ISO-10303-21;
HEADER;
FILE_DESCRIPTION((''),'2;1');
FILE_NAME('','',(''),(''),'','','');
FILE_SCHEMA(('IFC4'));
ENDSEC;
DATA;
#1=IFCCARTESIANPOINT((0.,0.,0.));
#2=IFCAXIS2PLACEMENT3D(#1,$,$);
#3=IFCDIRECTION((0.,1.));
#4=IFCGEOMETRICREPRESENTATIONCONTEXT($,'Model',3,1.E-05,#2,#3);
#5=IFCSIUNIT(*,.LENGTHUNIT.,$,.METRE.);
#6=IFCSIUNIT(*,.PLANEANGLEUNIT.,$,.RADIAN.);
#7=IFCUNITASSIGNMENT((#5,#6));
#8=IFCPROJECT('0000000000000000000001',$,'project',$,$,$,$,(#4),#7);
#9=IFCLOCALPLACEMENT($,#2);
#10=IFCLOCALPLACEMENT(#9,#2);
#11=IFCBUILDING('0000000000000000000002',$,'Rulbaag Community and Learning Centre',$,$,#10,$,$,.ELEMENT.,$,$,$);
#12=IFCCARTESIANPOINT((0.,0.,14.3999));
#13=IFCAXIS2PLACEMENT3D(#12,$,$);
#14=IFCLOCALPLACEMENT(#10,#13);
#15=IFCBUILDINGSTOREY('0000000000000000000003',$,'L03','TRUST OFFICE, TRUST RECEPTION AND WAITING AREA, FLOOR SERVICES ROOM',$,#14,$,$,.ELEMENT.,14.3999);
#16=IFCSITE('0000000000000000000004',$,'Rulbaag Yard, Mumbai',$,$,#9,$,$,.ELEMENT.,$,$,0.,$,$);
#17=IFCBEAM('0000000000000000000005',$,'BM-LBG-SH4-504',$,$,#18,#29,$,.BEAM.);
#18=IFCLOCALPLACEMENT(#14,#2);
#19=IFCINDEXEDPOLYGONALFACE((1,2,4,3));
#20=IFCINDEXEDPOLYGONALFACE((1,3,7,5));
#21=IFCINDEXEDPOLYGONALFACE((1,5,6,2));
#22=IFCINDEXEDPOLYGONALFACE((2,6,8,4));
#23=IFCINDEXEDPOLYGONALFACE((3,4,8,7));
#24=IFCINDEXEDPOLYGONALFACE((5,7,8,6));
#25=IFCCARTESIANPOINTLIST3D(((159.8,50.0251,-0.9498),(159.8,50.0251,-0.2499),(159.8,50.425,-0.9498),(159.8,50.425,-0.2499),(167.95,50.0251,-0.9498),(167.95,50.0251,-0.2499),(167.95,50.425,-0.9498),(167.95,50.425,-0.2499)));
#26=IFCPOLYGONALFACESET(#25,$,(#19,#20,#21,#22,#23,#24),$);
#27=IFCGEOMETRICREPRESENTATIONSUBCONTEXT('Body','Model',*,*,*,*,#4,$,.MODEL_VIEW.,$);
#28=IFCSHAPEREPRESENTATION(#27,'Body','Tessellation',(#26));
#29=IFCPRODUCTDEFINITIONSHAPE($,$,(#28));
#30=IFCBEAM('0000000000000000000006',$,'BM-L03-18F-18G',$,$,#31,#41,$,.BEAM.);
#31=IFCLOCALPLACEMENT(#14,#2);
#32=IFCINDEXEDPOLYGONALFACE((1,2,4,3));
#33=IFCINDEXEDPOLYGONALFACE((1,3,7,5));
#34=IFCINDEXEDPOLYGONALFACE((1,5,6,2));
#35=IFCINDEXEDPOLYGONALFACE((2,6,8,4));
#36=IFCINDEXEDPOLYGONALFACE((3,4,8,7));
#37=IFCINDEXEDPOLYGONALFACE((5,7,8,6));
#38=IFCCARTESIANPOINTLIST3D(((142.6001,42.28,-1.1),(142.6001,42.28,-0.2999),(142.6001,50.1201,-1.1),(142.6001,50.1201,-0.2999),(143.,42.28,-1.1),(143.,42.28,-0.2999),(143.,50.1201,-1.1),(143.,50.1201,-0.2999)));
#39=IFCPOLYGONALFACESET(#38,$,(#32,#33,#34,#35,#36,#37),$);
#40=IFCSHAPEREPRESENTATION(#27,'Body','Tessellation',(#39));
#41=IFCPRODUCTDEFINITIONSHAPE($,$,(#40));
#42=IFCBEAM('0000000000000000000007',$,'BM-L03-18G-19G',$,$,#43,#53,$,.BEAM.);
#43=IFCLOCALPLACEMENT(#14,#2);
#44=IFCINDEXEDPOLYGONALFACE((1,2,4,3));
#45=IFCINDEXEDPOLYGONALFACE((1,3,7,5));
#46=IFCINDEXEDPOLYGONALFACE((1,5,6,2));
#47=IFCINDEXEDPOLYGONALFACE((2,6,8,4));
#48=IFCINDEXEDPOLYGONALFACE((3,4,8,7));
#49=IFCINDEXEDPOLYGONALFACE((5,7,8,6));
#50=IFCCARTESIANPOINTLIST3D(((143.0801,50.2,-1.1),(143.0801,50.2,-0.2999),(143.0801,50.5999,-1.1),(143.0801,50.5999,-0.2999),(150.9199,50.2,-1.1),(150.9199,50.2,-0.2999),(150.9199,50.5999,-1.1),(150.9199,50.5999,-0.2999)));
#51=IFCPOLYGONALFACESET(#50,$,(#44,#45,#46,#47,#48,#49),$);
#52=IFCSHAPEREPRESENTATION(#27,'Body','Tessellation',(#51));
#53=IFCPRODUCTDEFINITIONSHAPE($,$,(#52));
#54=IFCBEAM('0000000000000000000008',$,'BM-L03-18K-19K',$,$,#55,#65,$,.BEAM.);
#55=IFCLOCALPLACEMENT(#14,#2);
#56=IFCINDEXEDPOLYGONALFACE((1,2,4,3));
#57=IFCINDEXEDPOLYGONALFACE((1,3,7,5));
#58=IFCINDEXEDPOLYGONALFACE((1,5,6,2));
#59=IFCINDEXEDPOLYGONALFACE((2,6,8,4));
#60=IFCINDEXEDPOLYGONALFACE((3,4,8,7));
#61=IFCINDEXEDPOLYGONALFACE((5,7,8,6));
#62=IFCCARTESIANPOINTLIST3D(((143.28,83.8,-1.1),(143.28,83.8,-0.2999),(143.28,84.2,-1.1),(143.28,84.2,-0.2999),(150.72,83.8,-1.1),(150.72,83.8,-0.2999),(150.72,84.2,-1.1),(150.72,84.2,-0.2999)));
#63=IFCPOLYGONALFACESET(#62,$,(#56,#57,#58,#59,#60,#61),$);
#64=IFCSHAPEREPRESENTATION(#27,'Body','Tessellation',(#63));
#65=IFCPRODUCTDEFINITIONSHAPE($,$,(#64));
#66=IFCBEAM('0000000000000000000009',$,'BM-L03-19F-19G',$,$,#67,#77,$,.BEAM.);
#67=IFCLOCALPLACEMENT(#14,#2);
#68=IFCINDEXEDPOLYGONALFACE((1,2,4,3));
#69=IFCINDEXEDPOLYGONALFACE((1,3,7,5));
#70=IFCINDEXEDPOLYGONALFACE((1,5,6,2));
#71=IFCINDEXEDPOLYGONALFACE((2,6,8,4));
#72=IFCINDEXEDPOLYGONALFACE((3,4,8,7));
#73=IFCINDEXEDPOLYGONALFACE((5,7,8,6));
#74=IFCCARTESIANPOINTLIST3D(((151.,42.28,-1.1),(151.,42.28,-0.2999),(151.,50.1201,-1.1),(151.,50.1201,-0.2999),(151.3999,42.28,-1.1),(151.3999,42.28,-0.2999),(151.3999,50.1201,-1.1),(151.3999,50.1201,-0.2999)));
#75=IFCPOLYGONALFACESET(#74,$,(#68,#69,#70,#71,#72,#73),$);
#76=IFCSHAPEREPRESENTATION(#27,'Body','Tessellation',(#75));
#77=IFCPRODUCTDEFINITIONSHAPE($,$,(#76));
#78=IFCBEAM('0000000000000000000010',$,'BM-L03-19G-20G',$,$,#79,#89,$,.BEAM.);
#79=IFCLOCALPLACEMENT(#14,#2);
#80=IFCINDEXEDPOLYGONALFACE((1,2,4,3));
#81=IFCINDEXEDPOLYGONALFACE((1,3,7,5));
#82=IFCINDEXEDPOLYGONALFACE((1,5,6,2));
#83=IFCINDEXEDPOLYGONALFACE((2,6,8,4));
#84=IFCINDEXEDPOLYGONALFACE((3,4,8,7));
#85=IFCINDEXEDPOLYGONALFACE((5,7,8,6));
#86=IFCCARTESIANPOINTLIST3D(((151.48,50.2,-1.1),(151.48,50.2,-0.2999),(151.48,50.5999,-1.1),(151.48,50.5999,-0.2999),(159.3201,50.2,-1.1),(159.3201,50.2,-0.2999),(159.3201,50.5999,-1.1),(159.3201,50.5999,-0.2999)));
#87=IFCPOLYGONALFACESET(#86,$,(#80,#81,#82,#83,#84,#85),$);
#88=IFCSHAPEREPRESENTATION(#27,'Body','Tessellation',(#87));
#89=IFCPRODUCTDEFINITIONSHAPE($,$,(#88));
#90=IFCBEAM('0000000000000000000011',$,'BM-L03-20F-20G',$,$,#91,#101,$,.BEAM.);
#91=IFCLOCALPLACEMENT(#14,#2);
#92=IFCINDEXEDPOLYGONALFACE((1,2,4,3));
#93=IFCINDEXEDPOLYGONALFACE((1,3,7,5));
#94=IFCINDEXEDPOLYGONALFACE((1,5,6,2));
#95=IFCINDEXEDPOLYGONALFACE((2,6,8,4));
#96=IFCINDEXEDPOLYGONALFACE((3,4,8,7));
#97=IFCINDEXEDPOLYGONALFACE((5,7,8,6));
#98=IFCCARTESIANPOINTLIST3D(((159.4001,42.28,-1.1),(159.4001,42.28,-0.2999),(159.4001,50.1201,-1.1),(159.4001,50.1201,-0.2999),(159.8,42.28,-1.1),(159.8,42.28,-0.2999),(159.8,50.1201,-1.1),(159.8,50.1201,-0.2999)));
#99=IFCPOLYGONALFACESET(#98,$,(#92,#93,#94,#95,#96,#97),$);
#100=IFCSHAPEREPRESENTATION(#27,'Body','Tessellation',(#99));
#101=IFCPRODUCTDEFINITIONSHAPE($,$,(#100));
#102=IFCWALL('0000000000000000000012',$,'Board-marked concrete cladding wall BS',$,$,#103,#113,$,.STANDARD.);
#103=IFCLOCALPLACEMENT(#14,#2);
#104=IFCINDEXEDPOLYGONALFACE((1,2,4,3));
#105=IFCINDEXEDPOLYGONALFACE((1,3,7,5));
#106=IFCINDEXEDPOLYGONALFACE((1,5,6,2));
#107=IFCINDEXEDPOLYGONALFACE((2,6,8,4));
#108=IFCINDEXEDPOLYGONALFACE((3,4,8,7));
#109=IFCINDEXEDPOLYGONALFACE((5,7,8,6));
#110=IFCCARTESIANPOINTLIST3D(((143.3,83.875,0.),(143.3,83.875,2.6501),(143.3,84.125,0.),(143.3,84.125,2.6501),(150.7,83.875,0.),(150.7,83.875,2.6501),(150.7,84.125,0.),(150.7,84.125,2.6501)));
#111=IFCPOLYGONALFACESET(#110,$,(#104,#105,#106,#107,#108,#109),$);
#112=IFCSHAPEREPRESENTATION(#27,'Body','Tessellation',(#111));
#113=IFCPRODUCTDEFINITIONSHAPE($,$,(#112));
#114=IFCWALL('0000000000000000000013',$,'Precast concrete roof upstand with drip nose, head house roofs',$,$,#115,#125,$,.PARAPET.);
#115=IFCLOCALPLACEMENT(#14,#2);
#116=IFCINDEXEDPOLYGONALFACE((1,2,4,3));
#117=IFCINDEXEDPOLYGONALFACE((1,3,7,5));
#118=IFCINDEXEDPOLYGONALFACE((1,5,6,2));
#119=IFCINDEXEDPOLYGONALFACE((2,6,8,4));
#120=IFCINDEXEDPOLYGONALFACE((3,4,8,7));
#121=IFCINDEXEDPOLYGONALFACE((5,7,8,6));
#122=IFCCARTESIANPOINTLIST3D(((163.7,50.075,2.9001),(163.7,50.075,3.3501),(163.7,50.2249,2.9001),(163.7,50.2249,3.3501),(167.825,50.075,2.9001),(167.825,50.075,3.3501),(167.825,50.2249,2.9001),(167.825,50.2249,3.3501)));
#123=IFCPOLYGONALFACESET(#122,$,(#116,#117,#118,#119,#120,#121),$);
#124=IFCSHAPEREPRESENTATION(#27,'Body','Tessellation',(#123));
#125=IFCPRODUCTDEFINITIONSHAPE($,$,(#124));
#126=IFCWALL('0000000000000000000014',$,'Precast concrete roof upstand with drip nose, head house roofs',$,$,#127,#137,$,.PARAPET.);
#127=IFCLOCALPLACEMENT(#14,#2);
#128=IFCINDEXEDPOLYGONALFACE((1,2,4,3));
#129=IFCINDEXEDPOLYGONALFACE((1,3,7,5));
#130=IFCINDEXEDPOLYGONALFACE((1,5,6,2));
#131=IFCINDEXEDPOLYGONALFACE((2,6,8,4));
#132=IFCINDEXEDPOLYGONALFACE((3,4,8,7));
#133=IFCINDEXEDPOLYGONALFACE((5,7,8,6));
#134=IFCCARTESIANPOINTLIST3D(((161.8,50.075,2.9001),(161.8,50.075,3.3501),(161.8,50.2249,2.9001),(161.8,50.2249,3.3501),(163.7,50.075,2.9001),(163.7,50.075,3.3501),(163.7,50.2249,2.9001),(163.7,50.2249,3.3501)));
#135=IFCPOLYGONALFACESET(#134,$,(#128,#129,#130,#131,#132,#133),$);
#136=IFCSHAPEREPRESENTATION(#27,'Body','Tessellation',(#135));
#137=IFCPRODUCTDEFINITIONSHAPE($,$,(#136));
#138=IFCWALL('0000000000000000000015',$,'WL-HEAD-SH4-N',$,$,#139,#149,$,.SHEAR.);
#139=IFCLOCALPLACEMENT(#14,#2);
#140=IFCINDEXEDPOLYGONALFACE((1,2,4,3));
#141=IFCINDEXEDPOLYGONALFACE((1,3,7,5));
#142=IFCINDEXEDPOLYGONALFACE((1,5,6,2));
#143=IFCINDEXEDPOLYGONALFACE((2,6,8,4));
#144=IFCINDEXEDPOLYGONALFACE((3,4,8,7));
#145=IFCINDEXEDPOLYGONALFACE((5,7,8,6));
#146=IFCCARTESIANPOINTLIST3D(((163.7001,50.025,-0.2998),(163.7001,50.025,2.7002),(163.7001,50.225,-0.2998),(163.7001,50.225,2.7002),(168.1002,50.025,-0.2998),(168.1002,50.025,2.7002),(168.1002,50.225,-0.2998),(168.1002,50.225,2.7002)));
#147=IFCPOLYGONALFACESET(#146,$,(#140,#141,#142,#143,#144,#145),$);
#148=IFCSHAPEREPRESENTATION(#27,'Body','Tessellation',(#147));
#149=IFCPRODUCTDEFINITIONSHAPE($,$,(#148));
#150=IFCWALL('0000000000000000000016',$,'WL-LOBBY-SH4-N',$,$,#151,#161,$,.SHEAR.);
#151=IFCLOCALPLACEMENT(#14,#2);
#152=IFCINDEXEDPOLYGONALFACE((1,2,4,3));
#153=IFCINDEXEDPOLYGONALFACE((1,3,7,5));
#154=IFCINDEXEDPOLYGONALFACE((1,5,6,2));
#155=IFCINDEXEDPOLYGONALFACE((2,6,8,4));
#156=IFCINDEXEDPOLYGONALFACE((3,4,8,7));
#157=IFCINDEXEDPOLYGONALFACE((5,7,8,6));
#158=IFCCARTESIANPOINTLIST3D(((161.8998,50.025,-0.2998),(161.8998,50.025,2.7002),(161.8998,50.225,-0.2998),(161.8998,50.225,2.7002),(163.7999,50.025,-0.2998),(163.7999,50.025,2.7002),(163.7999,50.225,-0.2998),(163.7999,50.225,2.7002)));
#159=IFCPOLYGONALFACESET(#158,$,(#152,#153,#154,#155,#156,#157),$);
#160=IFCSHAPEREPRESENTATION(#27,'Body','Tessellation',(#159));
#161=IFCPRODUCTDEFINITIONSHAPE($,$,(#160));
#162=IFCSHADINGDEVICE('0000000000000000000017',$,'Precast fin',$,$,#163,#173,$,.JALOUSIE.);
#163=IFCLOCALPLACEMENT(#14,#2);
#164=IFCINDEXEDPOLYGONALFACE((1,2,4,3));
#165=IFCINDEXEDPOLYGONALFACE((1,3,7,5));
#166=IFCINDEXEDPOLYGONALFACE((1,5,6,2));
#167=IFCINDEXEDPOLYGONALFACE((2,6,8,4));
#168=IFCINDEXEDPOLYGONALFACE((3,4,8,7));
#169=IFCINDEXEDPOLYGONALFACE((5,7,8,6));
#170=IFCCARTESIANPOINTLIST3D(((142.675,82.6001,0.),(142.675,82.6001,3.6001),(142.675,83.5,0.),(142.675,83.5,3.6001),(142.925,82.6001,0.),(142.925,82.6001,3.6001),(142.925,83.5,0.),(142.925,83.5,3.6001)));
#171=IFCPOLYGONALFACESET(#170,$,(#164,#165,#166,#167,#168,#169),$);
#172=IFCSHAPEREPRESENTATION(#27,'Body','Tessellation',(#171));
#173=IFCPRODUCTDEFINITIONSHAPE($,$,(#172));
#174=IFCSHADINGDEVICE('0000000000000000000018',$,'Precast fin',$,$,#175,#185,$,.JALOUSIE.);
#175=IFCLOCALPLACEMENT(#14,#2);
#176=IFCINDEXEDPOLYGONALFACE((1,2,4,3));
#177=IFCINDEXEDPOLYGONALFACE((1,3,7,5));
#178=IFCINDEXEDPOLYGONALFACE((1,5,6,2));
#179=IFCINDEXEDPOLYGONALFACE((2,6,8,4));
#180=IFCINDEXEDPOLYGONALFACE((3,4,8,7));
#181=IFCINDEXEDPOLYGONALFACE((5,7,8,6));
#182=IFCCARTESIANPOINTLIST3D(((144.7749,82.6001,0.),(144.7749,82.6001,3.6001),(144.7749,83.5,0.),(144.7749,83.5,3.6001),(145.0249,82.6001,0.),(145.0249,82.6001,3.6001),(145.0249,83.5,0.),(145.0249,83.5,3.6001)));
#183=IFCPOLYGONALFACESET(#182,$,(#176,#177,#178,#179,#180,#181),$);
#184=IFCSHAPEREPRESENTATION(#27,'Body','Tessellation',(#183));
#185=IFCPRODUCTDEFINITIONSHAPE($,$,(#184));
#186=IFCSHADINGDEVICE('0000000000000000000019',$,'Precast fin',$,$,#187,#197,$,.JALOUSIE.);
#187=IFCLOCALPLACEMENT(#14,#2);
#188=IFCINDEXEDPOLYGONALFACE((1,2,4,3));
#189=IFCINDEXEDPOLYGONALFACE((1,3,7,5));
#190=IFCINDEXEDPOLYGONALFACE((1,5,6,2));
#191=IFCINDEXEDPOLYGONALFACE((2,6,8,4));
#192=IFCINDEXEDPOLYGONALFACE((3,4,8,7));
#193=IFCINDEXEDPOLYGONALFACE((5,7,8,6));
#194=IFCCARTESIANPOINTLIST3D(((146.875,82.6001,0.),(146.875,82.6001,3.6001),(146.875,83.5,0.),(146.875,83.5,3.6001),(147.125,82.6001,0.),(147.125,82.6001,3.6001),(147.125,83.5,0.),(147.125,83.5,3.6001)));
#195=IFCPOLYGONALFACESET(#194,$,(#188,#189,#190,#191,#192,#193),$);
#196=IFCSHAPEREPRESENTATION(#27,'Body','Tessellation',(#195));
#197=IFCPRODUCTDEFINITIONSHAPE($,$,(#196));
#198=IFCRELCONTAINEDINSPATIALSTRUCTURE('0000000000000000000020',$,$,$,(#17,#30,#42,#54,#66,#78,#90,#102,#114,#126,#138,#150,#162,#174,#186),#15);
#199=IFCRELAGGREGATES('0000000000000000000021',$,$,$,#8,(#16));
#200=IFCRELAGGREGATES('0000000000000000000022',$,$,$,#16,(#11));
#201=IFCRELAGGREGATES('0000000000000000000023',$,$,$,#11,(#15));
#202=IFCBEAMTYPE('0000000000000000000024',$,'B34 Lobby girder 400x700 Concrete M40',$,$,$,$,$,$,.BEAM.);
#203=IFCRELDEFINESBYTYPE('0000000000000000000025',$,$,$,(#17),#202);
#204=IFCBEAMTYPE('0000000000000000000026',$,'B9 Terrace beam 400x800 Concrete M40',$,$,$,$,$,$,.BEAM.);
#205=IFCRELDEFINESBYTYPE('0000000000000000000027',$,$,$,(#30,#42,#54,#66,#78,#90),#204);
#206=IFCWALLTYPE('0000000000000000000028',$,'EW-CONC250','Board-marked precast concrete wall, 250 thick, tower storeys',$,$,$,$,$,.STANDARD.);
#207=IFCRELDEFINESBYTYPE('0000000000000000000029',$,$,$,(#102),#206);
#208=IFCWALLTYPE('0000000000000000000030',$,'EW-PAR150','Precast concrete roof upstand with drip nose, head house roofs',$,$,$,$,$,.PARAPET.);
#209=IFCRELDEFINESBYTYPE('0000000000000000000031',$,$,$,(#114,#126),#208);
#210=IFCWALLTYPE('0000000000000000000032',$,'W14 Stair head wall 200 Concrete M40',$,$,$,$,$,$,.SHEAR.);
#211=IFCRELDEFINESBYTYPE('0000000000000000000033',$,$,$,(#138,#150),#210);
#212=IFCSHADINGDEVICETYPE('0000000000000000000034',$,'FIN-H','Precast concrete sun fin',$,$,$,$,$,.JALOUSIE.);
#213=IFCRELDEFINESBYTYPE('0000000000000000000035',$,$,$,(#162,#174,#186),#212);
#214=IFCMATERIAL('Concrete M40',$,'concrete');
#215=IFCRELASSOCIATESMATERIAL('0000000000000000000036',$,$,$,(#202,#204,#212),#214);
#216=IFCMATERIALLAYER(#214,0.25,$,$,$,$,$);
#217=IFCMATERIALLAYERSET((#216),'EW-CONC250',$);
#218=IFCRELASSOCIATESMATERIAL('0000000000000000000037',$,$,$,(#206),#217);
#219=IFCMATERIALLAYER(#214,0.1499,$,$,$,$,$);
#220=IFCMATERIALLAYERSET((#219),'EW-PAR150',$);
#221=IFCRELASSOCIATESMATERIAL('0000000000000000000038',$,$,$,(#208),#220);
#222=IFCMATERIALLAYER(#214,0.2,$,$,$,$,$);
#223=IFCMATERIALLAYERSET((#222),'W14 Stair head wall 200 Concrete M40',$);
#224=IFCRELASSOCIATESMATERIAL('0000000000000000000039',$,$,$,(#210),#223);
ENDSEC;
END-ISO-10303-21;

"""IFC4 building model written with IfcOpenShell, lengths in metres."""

from ifc_helpers import new_model, si_unit, direction, frame, frame_2d, origin, origin_2d, place, context, subcontext, project, spatial, rectangle, extrude, material, layer, layer_set, material_profile, profile_set, type_object, element, save


model = new_model("IFC4")

# Units and contexts
model_context = context("Model", 3, precision=1e-05, world=origin(), true_north=direction((0.0, 1.0)))
body_context = subcontext(model_context, "Body", "Model", "MODEL_VIEW")
ifc_project = project(units=[si_unit("LENGTHUNIT", "METRE"), si_unit("PLANEANGLEUNIT", "RADIAN")], contexts=[model_context])

# Site, building, storey
site_placement = place(None, origin())
site = spatial("IfcSite", under=ifc_project, at=site_placement, Name="Rulbaag Yard, Mumbai", CompositionType="ELEMENT", RefElevation=0.0)
building_placement = place(site_placement, origin())
building = spatial("IfcBuilding", under=site, at=building_placement, Name="Rulbaag Community and Learning Centre", CompositionType="ELEMENT")
storey_placement = place(building_placement, frame((0.0, 0.0, 14.3999)))
storey = spatial("IfcBuildingStorey", under=building, at=storey_placement, Name="L03", Description="TRUST OFFICE, TRUST RECEPTION AND WAITING AREA, FLOOR SERVICES ROOM", CompositionType="ELEMENT", Elevation=14.3999)

# Beams
ifc_material_1 = material(Name="Concrete M40", Category="concrete")
ifc_material_profile_1 = material_profile(ifc_material_1, rectangle(XDim=0.3999, YDim=0.7, at=origin_2d()), Name="RB400x700")
ifc_profile_set_1 = profile_set([ifc_material_profile_1], Name="Concrete M40")
beam_type_1 = type_object("IfcBeamType", Name="B34 Lobby girder 400x700 Concrete M40", PredefinedType="BEAM", material=ifc_profile_set_1)
beam_1_placement = place(storey_placement, frame((159.8, 50.2251, -0.5999), z_axis=(1.0, 0.0, 0.0), x_axis=(0.0, 1.0, 0.0)))
element("IfcBeam", 1, at=beam_1_placement, inside=storey, type_object=beam_type_1, Name="BM-LBG-SH4-504", PredefinedType="BEAM", context=body_context, shape_type="SweptSolid", body=[
    extrude(rectangle(XDim=0.3999, YDim=0.7, at=origin_2d()), origin(), (0.0, 0.0, 1.0), 8.1499),
])
ifc_material_profile_2 = material_profile(ifc_material_1, rectangle(XDim=0.3999, YDim=0.8, at=origin_2d()), Name="RB400x800")
ifc_profile_set_2 = profile_set([ifc_material_profile_2], Name="Concrete M40")
beam_type_2 = type_object("IfcBeamType", Name="B9 Terrace beam 400x800 Concrete M40", PredefinedType="BEAM", material=ifc_profile_set_2)
beam_2_placement = place(storey_placement, frame((142.8, 42.28, -0.7), z_axis=(0.0, 1.0, 0.0), x_axis=(-1.0, 0.0, 0.0)))
element("IfcBeam", 2, at=beam_2_placement, inside=storey, type_object=beam_type_2, Name="BM-L03-18F-18G", PredefinedType="BEAM", context=body_context, shape_type="SweptSolid", body=[
    extrude(rectangle(XDim=0.3999, YDim=0.8, at=origin_2d()), origin(), (0.0, 0.0, 1.0), 7.8401),
])
beam_3_placement = place(storey_placement, frame((143.0801, 50.3999, -0.7), z_axis=(1.0, 0.0, 0.0), x_axis=(0.0, 1.0, 0.0)))
element("IfcBeam", 3, at=beam_3_placement, inside=storey, type_object=beam_type_2, Name="BM-L03-18G-19G", PredefinedType="BEAM", context=body_context, shape_type="SweptSolid", body=[
    extrude(rectangle(XDim=0.3999, YDim=0.8, at=origin_2d()), origin(), (0.0, 0.0, 1.0), 7.8398),
])
beam_4_placement = place(storey_placement, frame((143.28, 84.0, -0.7), z_axis=(1.0, 0.0, 0.0), x_axis=(0.0, 1.0, 0.0)))
element("IfcBeam", 4, at=beam_4_placement, inside=storey, type_object=beam_type_2, Name="BM-L03-18K-19K", PredefinedType="BEAM", context=body_context, shape_type="SweptSolid", body=[
    extrude(rectangle(XDim=0.3999, YDim=0.8, at=origin_2d()), origin(), (0.0, 0.0, 1.0), 7.4399),
])
for number, where, z_axis, x_axis, name in (
    (5, (151.2, 42.28, -0.7), (0.0, 1.0, 0.0), (-1.0, 0.0, 0.0), "BM-L03-19F-19G"),
    (6, (151.48, 50.3999, -0.7), (1.0, 0.0, 0.0), (0.0, 1.0, 0.0), "BM-L03-19G-20G"),
    (7, (159.6001, 42.28, -0.7), (0.0, 1.0, 0.0), (-1.0, 0.0, 0.0), "BM-L03-20F-20G"),
):
    element("IfcBeam", number, at=place(storey_placement, frame(where, z_axis=z_axis, x_axis=x_axis)), inside=storey, type_object=beam_type_2, Name=name, PredefinedType="BEAM", context=body_context, shape_type="SweptSolid", body=[
        extrude(rectangle(XDim=0.3999, YDim=0.8, at=origin_2d()), origin(), (0.0, 0.0, 1.0), 7.8401),
    ])

# Walls
ifc_layer_1 = layer(ifc_material_1, 0.25)
ifc_layer_set_1 = layer_set([ifc_layer_1], Name="EW-CONC250")
wall_type_1 = type_object("IfcWallType", Name="EW-CONC250", Description="Board-marked precast concrete wall, 250 thick, tower storeys", PredefinedType="STANDARD", material=ifc_layer_set_1)
wall_1_placement = place(storey_placement, frame((143.3, 84.0, 0.0), z_axis=(0.0, 0.0, 1.0), x_axis=(1.0, 0.0, 0.0)))
element("IfcWall", 8, at=wall_1_placement, inside=storey, type_object=wall_type_1, Name="Board-marked concrete cladding wall BS", PredefinedType="STANDARD", context=body_context, shape_type="SweptSolid", body=[
    extrude(rectangle(XDim=7.3999, YDim=0.25, at=frame_2d((3.7, 0.0))), origin(), (0.0, 0.0, 1.0), 2.6501),
])
ifc_layer_2 = layer(ifc_material_1, 0.1499)
ifc_layer_set_2 = layer_set([ifc_layer_2], Name="EW-PAR150")
wall_type_2 = type_object("IfcWallType", Name="EW-PAR150", Description="Precast concrete roof upstand with drip nose, head house roofs", PredefinedType="PARAPET", material=ifc_layer_set_2)
wall_2_placement = place(storey_placement, frame((163.7, 50.1499, 2.9001), z_axis=(0.0, 0.0, 1.0), x_axis=(1.0, 0.0, 0.0)))
element("IfcWall", 9, at=wall_2_placement, inside=storey, type_object=wall_type_2, Name="Precast concrete roof upstand with drip nose, head house roofs", PredefinedType="PARAPET", context=body_context, shape_type="SweptSolid", body=[
    extrude(rectangle(XDim=4.125, YDim=0.1499, at=frame_2d((2.0625, 0.0))), origin(), (0.0, 0.0, 1.0), 0.45),
])
wall_3_placement = place(storey_placement, frame((161.8, 50.1499, 2.9001), z_axis=(0.0, 0.0, 1.0), x_axis=(1.0, 0.0, 0.0)))
element("IfcWall", 10, at=wall_3_placement, inside=storey, type_object=wall_type_2, Name="Precast concrete roof upstand with drip nose, head house roofs", PredefinedType="PARAPET", context=body_context, shape_type="SweptSolid", body=[
    extrude(rectangle(XDim=1.8999, YDim=0.1499, at=frame_2d((0.95, 0.0))), origin(), (0.0, 0.0, 1.0), 0.45),
])
ifc_layer_3 = layer(ifc_material_1, 0.2)
ifc_layer_set_3 = layer_set([ifc_layer_3], Name="W14 Stair head wall 200 Concrete M40")
wall_type_3 = type_object("IfcWallType", Name="W14 Stair head wall 200 Concrete M40", PredefinedType="SHEAR", material=ifc_layer_set_3)
wall_4_placement = place(storey_placement, frame((163.7, 50.125, -0.2998), z_axis=(0.0, 0.0, 1.0), x_axis=(1.0, 0.0, 0.0)))
element("IfcWall", 11, at=wall_4_placement, inside=storey, type_object=wall_type_3, Name="WL-HEAD-SH4-N", PredefinedType="SHEAR", context=body_context, shape_type="SweptSolid", body=[
    extrude(rectangle(XDim=4.4001, YDim=0.2, at=frame_2d((2.2002, 0.0))), origin(), (0.0, 0.0, 1.0), 3.0),
])
wall_5_placement = place(storey_placement, frame((163.8, 50.125, -0.2998), z_axis=(0.0, 0.0, 1.0), x_axis=(-1.0, 0.0, 0.0)))
element("IfcWall", 12, at=wall_5_placement, inside=storey, type_object=wall_type_3, Name="WL-LOBBY-SH4-N", PredefinedType="SHEAR", context=body_context, shape_type="SweptSolid", body=[
    extrude(rectangle(XDim=1.9001, YDim=0.2, at=frame_2d((0.9502, 0.0))), origin(), (0.0, 0.0, 1.0), 3.0),
])

# Shading devices
ifc_material_profile_3 = material_profile(ifc_material_1, rectangle(XDim=0.25, YDim=0.8999, at=origin_2d()), Name="PC 250x900")
ifc_profile_set_3 = profile_set([ifc_material_profile_3], Name="Concrete M40")
shading_device_type = type_object("IfcShadingDeviceType", Name="FIN-H", Description="Precast concrete sun fin", PredefinedType="JALOUSIE", material=ifc_profile_set_3)
for number, where, z_axis, x_axis, name in (
    (13, (142.8, 83.05, 0.0), (0.0, 0.0, 1.0), (1.0, 0.0, 0.0), "Precast fin"),
    (14, (144.8999, 83.05, 0.0), (0.0, 0.0, 1.0), (1.0, 0.0, 0.0), "Precast fin"),
    (15, (147.0, 83.05, 0.0), (0.0, 0.0, 1.0), (1.0, 0.0, 0.0), "Precast fin"),
):
    element("IfcShadingDevice", number, at=place(storey_placement, frame(where, z_axis=z_axis, x_axis=x_axis)), inside=storey, type_object=shading_device_type, Name=name, PredefinedType="JALOUSIE", context=body_context, shape_type="SweptSolid", body=[
        extrude(rectangle(XDim=0.25, YDim=0.8999, at=origin_2d()), origin(), (0.0, 0.0, 1.0), 3.6001),
    ])

save(model, "model.ifc")
